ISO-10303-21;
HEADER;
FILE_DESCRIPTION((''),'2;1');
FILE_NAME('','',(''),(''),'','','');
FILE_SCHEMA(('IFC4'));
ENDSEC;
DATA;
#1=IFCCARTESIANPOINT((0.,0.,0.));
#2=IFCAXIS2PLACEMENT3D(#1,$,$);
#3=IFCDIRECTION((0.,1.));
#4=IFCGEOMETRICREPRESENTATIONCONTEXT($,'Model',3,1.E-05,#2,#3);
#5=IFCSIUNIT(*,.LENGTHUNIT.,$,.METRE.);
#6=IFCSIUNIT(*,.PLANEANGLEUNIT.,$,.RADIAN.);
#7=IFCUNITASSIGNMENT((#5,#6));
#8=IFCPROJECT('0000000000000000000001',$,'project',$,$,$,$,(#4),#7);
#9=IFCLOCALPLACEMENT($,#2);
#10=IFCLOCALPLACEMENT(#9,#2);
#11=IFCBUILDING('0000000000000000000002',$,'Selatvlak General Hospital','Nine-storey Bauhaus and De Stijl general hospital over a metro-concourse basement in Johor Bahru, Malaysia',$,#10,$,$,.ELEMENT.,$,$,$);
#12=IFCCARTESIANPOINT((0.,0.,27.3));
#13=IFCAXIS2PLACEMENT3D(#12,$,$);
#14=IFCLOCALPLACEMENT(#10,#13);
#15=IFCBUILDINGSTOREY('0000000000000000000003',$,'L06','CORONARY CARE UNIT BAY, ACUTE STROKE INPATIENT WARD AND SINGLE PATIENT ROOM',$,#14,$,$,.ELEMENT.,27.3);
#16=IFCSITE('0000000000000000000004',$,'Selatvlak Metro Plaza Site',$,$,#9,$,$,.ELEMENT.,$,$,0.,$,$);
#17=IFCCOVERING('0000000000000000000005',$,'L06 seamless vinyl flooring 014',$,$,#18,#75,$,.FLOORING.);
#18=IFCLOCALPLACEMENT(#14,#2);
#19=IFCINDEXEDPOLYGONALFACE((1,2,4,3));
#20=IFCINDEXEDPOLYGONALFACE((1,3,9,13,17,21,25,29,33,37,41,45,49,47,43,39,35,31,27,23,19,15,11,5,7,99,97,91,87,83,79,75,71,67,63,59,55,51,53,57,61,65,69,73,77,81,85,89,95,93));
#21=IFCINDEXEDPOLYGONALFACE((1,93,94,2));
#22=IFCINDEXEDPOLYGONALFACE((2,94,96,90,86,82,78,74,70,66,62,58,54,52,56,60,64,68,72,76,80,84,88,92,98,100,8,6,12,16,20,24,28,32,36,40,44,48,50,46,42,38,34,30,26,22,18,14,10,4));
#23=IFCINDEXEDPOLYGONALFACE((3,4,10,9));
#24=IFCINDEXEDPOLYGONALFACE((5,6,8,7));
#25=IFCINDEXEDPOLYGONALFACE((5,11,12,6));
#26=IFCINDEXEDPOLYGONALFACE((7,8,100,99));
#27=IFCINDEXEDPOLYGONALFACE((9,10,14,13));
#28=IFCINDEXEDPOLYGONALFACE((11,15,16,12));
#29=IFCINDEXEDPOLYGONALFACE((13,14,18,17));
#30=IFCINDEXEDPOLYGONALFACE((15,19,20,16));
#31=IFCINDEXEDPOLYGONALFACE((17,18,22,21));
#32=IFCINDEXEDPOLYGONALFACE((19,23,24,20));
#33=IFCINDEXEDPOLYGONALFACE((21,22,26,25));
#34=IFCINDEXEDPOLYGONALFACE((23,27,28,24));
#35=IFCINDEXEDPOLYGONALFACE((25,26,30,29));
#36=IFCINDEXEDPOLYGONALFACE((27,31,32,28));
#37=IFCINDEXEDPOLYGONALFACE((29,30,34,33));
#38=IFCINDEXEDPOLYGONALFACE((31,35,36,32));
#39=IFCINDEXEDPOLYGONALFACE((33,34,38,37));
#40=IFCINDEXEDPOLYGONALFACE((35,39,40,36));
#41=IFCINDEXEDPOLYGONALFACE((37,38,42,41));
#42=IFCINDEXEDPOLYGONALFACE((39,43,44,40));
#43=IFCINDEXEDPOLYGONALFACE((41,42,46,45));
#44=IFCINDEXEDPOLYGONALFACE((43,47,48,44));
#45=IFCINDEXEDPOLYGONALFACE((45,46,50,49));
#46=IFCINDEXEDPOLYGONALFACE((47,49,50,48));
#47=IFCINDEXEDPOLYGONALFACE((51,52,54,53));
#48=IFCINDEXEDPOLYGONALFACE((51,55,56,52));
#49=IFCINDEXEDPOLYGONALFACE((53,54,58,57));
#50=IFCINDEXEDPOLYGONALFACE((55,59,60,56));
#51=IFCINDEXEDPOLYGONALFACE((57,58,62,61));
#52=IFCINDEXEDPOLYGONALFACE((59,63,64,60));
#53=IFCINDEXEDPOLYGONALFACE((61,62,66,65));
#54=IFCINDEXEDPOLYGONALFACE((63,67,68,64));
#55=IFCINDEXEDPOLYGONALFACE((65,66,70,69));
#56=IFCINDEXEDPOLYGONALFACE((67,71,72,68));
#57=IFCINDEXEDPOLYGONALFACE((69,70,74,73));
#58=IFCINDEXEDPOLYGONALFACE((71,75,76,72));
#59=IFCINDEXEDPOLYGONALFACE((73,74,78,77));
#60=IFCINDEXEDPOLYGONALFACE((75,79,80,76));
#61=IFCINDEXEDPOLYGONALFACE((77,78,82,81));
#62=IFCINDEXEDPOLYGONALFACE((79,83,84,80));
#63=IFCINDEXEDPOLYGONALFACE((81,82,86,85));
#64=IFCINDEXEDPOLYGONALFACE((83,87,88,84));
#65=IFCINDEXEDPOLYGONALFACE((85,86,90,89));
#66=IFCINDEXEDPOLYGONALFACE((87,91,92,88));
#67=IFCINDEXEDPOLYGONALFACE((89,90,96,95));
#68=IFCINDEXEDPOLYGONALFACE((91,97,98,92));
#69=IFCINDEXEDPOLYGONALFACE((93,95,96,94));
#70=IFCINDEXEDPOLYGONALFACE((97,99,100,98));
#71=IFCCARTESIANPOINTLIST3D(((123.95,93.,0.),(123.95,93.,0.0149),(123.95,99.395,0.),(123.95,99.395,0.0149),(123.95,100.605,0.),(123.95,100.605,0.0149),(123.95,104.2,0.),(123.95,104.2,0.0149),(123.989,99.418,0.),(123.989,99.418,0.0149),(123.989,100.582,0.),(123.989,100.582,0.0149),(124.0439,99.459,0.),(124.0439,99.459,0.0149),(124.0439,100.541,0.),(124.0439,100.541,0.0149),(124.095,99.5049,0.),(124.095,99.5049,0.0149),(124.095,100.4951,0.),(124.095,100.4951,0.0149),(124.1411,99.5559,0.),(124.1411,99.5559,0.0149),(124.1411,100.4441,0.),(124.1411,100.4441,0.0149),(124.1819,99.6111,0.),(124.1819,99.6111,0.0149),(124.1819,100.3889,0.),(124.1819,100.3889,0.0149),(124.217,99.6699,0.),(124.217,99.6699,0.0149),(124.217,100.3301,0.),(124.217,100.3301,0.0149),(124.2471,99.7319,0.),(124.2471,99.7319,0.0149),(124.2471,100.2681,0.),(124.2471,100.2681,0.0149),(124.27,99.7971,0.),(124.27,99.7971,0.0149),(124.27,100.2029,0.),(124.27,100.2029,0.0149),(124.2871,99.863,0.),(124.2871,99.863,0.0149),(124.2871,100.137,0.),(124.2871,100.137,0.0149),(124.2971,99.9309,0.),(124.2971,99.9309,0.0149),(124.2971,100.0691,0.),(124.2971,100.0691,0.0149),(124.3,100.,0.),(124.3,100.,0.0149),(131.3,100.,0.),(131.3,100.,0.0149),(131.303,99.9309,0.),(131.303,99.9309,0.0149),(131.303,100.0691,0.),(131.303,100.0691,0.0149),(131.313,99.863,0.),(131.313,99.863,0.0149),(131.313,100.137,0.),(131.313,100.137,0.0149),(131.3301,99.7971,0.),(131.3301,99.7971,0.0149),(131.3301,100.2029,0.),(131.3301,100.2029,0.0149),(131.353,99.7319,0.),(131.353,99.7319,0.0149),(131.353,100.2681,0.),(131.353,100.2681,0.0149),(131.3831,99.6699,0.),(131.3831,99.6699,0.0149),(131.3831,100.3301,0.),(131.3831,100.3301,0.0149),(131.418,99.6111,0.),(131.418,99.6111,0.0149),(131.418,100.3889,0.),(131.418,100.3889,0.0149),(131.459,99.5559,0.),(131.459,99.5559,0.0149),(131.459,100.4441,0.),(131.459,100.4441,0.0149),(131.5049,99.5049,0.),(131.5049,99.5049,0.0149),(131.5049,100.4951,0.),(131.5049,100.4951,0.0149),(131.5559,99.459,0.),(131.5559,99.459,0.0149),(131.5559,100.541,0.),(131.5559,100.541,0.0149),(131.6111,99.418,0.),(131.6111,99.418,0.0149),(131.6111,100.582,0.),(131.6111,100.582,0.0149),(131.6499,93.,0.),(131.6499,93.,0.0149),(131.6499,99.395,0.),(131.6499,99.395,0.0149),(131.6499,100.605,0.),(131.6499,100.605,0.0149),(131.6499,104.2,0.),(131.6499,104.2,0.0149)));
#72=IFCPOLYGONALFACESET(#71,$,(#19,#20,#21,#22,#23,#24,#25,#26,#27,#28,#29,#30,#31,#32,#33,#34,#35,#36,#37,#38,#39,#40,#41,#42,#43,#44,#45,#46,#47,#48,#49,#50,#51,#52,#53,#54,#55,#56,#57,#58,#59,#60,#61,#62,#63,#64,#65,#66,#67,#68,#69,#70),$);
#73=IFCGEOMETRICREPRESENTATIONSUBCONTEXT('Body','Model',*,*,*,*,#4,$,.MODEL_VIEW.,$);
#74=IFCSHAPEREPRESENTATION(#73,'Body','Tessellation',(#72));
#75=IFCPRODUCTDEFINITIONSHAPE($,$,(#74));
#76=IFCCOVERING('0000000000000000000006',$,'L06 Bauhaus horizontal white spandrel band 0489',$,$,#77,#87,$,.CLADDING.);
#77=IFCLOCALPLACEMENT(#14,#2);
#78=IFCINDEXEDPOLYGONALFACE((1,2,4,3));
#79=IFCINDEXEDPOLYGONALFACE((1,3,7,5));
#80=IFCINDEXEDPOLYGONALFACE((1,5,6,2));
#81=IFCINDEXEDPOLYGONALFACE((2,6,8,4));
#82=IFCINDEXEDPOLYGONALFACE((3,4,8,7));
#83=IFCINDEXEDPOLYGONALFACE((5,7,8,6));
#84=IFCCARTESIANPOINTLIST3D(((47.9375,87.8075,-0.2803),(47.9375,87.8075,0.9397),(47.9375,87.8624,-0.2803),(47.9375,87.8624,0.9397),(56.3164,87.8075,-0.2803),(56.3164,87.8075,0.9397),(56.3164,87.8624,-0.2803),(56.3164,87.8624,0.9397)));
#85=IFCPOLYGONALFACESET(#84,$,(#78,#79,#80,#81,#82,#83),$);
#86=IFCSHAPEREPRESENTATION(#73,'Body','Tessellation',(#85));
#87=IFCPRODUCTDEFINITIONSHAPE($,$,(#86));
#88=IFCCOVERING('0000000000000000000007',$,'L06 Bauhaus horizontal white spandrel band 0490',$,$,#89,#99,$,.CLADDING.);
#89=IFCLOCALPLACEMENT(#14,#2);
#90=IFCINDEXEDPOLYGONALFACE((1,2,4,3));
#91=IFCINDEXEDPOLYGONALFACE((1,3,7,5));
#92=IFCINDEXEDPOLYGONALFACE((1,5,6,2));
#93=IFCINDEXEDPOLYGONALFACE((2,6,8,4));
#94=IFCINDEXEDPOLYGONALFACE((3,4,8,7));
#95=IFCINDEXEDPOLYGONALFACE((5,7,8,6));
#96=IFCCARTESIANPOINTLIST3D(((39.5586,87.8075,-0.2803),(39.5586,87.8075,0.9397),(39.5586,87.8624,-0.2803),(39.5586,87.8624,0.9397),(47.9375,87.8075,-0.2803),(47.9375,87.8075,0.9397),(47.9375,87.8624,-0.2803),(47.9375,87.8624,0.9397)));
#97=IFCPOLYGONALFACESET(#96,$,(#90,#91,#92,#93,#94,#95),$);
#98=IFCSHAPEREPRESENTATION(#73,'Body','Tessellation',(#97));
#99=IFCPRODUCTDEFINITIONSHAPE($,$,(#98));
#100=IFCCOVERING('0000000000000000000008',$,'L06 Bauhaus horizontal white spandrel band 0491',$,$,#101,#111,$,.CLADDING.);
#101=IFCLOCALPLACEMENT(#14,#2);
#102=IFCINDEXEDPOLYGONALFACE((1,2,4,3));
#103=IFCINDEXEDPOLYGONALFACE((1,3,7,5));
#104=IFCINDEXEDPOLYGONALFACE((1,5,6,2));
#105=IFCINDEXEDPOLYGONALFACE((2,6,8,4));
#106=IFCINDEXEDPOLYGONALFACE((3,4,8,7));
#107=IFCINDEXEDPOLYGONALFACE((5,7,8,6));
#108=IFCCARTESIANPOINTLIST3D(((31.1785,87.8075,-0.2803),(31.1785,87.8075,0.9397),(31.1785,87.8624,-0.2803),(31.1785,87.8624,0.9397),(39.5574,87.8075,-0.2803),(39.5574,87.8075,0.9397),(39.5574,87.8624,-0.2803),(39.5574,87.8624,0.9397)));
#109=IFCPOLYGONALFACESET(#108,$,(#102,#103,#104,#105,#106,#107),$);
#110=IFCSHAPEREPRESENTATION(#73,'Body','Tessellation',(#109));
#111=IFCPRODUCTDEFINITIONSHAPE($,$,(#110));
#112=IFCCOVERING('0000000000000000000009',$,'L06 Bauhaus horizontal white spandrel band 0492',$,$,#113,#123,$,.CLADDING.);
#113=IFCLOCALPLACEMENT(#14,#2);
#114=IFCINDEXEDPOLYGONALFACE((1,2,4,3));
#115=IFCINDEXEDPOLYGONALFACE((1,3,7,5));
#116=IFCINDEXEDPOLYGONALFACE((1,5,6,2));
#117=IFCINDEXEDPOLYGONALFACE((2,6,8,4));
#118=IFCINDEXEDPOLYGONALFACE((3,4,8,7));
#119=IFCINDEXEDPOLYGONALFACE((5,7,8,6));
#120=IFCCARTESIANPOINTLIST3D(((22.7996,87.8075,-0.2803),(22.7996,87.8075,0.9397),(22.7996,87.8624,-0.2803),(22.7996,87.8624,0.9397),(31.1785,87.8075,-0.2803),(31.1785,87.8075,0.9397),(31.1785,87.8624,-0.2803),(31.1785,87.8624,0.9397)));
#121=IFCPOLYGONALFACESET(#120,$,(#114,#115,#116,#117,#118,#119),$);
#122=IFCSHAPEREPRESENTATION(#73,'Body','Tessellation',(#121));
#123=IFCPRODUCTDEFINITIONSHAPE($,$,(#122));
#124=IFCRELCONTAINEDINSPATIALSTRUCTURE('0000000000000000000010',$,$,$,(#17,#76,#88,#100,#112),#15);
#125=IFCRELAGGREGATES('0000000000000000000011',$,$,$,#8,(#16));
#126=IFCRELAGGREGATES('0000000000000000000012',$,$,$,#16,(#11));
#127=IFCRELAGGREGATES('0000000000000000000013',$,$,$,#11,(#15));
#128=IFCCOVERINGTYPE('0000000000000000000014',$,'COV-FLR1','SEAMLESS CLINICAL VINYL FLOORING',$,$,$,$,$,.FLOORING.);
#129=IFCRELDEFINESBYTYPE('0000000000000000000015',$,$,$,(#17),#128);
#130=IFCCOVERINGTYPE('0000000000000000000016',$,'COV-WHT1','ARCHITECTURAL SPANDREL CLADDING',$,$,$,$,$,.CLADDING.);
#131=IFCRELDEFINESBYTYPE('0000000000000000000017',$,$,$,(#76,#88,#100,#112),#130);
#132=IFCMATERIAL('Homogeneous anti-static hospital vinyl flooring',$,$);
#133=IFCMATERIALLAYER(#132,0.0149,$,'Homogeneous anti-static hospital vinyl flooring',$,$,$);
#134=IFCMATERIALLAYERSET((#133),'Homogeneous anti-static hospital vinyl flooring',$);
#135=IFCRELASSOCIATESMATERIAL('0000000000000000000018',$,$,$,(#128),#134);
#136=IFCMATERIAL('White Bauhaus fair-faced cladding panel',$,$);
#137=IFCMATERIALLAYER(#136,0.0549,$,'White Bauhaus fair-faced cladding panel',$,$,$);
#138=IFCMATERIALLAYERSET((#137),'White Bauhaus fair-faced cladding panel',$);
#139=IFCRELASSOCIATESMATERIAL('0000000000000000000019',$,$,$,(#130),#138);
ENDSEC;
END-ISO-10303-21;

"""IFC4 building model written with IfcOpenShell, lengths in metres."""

from ifc_helpers import new_model, si_unit, direction, frame, origin, origin_2d, place, context, subcontext, project, spatial, polyline, rectangle, outline, extrude, material, layer, layer_set, type_object, element, save


model = new_model("IFC4")

# Units and contexts
model_context = context("Model", 3, precision=1e-05, world=origin(), true_north=direction((0.0, 1.0)))
body_context = subcontext(model_context, "Body", "Model", "MODEL_VIEW")
ifc_project = project(units=[si_unit("LENGTHUNIT", "METRE"), si_unit("PLANEANGLEUNIT", "RADIAN")], contexts=[model_context])

# Site, building, storey
site_placement = place(None, origin())
site = spatial("IfcSite", under=ifc_project, at=site_placement, Name="Selatvlak Metro Plaza Site", CompositionType="ELEMENT", RefElevation=0.0)
building_placement = place(site_placement, origin())
building = spatial("IfcBuilding", under=site, at=building_placement, Name="Selatvlak General Hospital", Description="Nine-storey Bauhaus and De Stijl general hospital over a metro-concourse basement in Johor Bahru, Malaysia", CompositionType="ELEMENT")
storey_placement = place(building_placement, frame((0.0, 0.0, 27.3)))
storey = spatial("IfcBuildingStorey", under=building, at=storey_placement, Name="L06", Description="CORONARY CARE UNIT BAY, ACUTE STROKE INPATIENT WARD AND SINGLE PATIENT ROOM", CompositionType="ELEMENT", Elevation=27.3)

# Coverings
ifc_material_1 = material(Name="Homogeneous anti-static hospital vinyl flooring")
ifc_layer_1 = layer(ifc_material_1, 0.0149, Name="Homogeneous anti-static hospital vinyl flooring")
ifc_layer_set_1 = layer_set([ifc_layer_1], Name="Homogeneous anti-static hospital vinyl flooring")
covering_type_1 = type_object("IfcCoveringType", Name="COV-FLR1", Description="SEAMLESS CLINICAL VINYL FLOORING", PredefinedType="FLOORING", material=ifc_layer_set_1)
covering_1_placement = place(storey_placement, origin())
element("IfcCovering", 1, at=covering_1_placement, inside=storey, type_object=covering_type_1, Name="L06 seamless vinyl flooring 014", PredefinedType="FLOORING", context=body_context, shape_type="SweptSolid", body=[
    extrude(outline(polyline([(131.6499, 104.2), (131.6499, 100.605), (131.6111, 100.582), (131.5559, 100.541), (131.5049, 100.4951), (131.459, 100.4441), (131.418, 100.3889), (131.3831, 100.3301), (131.353, 100.2681), (131.3301, 100.2029), (131.313, 100.137), (131.303, 100.0691), (131.3, 100.0), (131.303, 99.9309), (131.313, 99.863), (131.3301, 99.7971), (131.353, 99.7319), (131.3831, 99.6699), (131.418, 99.6111), (131.459, 99.5559), (131.5049, 99.5049), (131.5559, 99.459), (131.6111, 99.418), (131.6499, 99.395), (131.6499, 93.0), (123.95, 93.0), (123.95, 99.395), (123.989, 99.418), (124.0439, 99.459), (124.095, 99.5049), (124.1411, 99.5559), (124.1819, 99.6111), (124.217, 99.6699), (124.2471, 99.7319), (124.27, 99.7971), (124.2871, 99.863), (124.2971, 99.9309), (124.3, 100.0), (124.2971, 100.0691), (124.2871, 100.137), (124.27, 100.2029), (124.2471, 100.2681), (124.217, 100.3301), (124.1819, 100.3889), (124.1411, 100.4441), (124.095, 100.4951), (124.0439, 100.541), (123.989, 100.582), (123.95, 100.605), (123.95, 104.2), (131.6499, 104.2)])), origin(), (0.0, 0.0, 1.0), 0.0149),
])
ifc_material_2 = material(Name="White Bauhaus fair-faced cladding panel")
ifc_layer_2 = layer(ifc_material_2, 0.0549, Name="White Bauhaus fair-faced cladding panel")
ifc_layer_set_2 = layer_set([ifc_layer_2], Name="White Bauhaus fair-faced cladding panel")
covering_type_2 = type_object("IfcCoveringType", Name="COV-WHT1", Description="ARCHITECTURAL SPANDREL CLADDING", PredefinedType="CLADDING", material=ifc_layer_set_2)
for number, where, z_axis, x_axis, name in (
    (2, (52.127, 87.835, -0.2803), (0.0, 0.0, 1.0), (-1.0, 0.0, 0.0), "L06 Bauhaus horizontal white spandrel band 0489"),
    (3, (43.748, 87.835, -0.2803), (0.0, 0.0, 1.0), (-1.0, 0.0, 0.0), "L06 Bauhaus horizontal white spandrel band 0490"),
    (4, (35.3679, 87.835, -0.2803), (0.0, 0.0, 1.0), (-1.0, 0.0, 0.0), "L06 Bauhaus horizontal white spandrel band 0491"),
    (5, (26.989, 87.835, -0.2803), (0.0, 0.0, 1.0), (-1.0, 0.0, 0.0), "L06 Bauhaus horizontal white spandrel band 0492"),
):
    element("IfcCovering", number, at=place(storey_placement, frame(where, z_axis=z_axis, x_axis=x_axis)), inside=storey, type_object=covering_type_2, Name=name, PredefinedType="CLADDING", context=body_context, shape_type="SweptSolid", body=[
        extrude(rectangle(XDim=8.3789, YDim=0.0549, at=origin_2d()), origin(), (0.0, 0.0, 1.0), 1.22),
    ])

save(model, "model.ifc")
